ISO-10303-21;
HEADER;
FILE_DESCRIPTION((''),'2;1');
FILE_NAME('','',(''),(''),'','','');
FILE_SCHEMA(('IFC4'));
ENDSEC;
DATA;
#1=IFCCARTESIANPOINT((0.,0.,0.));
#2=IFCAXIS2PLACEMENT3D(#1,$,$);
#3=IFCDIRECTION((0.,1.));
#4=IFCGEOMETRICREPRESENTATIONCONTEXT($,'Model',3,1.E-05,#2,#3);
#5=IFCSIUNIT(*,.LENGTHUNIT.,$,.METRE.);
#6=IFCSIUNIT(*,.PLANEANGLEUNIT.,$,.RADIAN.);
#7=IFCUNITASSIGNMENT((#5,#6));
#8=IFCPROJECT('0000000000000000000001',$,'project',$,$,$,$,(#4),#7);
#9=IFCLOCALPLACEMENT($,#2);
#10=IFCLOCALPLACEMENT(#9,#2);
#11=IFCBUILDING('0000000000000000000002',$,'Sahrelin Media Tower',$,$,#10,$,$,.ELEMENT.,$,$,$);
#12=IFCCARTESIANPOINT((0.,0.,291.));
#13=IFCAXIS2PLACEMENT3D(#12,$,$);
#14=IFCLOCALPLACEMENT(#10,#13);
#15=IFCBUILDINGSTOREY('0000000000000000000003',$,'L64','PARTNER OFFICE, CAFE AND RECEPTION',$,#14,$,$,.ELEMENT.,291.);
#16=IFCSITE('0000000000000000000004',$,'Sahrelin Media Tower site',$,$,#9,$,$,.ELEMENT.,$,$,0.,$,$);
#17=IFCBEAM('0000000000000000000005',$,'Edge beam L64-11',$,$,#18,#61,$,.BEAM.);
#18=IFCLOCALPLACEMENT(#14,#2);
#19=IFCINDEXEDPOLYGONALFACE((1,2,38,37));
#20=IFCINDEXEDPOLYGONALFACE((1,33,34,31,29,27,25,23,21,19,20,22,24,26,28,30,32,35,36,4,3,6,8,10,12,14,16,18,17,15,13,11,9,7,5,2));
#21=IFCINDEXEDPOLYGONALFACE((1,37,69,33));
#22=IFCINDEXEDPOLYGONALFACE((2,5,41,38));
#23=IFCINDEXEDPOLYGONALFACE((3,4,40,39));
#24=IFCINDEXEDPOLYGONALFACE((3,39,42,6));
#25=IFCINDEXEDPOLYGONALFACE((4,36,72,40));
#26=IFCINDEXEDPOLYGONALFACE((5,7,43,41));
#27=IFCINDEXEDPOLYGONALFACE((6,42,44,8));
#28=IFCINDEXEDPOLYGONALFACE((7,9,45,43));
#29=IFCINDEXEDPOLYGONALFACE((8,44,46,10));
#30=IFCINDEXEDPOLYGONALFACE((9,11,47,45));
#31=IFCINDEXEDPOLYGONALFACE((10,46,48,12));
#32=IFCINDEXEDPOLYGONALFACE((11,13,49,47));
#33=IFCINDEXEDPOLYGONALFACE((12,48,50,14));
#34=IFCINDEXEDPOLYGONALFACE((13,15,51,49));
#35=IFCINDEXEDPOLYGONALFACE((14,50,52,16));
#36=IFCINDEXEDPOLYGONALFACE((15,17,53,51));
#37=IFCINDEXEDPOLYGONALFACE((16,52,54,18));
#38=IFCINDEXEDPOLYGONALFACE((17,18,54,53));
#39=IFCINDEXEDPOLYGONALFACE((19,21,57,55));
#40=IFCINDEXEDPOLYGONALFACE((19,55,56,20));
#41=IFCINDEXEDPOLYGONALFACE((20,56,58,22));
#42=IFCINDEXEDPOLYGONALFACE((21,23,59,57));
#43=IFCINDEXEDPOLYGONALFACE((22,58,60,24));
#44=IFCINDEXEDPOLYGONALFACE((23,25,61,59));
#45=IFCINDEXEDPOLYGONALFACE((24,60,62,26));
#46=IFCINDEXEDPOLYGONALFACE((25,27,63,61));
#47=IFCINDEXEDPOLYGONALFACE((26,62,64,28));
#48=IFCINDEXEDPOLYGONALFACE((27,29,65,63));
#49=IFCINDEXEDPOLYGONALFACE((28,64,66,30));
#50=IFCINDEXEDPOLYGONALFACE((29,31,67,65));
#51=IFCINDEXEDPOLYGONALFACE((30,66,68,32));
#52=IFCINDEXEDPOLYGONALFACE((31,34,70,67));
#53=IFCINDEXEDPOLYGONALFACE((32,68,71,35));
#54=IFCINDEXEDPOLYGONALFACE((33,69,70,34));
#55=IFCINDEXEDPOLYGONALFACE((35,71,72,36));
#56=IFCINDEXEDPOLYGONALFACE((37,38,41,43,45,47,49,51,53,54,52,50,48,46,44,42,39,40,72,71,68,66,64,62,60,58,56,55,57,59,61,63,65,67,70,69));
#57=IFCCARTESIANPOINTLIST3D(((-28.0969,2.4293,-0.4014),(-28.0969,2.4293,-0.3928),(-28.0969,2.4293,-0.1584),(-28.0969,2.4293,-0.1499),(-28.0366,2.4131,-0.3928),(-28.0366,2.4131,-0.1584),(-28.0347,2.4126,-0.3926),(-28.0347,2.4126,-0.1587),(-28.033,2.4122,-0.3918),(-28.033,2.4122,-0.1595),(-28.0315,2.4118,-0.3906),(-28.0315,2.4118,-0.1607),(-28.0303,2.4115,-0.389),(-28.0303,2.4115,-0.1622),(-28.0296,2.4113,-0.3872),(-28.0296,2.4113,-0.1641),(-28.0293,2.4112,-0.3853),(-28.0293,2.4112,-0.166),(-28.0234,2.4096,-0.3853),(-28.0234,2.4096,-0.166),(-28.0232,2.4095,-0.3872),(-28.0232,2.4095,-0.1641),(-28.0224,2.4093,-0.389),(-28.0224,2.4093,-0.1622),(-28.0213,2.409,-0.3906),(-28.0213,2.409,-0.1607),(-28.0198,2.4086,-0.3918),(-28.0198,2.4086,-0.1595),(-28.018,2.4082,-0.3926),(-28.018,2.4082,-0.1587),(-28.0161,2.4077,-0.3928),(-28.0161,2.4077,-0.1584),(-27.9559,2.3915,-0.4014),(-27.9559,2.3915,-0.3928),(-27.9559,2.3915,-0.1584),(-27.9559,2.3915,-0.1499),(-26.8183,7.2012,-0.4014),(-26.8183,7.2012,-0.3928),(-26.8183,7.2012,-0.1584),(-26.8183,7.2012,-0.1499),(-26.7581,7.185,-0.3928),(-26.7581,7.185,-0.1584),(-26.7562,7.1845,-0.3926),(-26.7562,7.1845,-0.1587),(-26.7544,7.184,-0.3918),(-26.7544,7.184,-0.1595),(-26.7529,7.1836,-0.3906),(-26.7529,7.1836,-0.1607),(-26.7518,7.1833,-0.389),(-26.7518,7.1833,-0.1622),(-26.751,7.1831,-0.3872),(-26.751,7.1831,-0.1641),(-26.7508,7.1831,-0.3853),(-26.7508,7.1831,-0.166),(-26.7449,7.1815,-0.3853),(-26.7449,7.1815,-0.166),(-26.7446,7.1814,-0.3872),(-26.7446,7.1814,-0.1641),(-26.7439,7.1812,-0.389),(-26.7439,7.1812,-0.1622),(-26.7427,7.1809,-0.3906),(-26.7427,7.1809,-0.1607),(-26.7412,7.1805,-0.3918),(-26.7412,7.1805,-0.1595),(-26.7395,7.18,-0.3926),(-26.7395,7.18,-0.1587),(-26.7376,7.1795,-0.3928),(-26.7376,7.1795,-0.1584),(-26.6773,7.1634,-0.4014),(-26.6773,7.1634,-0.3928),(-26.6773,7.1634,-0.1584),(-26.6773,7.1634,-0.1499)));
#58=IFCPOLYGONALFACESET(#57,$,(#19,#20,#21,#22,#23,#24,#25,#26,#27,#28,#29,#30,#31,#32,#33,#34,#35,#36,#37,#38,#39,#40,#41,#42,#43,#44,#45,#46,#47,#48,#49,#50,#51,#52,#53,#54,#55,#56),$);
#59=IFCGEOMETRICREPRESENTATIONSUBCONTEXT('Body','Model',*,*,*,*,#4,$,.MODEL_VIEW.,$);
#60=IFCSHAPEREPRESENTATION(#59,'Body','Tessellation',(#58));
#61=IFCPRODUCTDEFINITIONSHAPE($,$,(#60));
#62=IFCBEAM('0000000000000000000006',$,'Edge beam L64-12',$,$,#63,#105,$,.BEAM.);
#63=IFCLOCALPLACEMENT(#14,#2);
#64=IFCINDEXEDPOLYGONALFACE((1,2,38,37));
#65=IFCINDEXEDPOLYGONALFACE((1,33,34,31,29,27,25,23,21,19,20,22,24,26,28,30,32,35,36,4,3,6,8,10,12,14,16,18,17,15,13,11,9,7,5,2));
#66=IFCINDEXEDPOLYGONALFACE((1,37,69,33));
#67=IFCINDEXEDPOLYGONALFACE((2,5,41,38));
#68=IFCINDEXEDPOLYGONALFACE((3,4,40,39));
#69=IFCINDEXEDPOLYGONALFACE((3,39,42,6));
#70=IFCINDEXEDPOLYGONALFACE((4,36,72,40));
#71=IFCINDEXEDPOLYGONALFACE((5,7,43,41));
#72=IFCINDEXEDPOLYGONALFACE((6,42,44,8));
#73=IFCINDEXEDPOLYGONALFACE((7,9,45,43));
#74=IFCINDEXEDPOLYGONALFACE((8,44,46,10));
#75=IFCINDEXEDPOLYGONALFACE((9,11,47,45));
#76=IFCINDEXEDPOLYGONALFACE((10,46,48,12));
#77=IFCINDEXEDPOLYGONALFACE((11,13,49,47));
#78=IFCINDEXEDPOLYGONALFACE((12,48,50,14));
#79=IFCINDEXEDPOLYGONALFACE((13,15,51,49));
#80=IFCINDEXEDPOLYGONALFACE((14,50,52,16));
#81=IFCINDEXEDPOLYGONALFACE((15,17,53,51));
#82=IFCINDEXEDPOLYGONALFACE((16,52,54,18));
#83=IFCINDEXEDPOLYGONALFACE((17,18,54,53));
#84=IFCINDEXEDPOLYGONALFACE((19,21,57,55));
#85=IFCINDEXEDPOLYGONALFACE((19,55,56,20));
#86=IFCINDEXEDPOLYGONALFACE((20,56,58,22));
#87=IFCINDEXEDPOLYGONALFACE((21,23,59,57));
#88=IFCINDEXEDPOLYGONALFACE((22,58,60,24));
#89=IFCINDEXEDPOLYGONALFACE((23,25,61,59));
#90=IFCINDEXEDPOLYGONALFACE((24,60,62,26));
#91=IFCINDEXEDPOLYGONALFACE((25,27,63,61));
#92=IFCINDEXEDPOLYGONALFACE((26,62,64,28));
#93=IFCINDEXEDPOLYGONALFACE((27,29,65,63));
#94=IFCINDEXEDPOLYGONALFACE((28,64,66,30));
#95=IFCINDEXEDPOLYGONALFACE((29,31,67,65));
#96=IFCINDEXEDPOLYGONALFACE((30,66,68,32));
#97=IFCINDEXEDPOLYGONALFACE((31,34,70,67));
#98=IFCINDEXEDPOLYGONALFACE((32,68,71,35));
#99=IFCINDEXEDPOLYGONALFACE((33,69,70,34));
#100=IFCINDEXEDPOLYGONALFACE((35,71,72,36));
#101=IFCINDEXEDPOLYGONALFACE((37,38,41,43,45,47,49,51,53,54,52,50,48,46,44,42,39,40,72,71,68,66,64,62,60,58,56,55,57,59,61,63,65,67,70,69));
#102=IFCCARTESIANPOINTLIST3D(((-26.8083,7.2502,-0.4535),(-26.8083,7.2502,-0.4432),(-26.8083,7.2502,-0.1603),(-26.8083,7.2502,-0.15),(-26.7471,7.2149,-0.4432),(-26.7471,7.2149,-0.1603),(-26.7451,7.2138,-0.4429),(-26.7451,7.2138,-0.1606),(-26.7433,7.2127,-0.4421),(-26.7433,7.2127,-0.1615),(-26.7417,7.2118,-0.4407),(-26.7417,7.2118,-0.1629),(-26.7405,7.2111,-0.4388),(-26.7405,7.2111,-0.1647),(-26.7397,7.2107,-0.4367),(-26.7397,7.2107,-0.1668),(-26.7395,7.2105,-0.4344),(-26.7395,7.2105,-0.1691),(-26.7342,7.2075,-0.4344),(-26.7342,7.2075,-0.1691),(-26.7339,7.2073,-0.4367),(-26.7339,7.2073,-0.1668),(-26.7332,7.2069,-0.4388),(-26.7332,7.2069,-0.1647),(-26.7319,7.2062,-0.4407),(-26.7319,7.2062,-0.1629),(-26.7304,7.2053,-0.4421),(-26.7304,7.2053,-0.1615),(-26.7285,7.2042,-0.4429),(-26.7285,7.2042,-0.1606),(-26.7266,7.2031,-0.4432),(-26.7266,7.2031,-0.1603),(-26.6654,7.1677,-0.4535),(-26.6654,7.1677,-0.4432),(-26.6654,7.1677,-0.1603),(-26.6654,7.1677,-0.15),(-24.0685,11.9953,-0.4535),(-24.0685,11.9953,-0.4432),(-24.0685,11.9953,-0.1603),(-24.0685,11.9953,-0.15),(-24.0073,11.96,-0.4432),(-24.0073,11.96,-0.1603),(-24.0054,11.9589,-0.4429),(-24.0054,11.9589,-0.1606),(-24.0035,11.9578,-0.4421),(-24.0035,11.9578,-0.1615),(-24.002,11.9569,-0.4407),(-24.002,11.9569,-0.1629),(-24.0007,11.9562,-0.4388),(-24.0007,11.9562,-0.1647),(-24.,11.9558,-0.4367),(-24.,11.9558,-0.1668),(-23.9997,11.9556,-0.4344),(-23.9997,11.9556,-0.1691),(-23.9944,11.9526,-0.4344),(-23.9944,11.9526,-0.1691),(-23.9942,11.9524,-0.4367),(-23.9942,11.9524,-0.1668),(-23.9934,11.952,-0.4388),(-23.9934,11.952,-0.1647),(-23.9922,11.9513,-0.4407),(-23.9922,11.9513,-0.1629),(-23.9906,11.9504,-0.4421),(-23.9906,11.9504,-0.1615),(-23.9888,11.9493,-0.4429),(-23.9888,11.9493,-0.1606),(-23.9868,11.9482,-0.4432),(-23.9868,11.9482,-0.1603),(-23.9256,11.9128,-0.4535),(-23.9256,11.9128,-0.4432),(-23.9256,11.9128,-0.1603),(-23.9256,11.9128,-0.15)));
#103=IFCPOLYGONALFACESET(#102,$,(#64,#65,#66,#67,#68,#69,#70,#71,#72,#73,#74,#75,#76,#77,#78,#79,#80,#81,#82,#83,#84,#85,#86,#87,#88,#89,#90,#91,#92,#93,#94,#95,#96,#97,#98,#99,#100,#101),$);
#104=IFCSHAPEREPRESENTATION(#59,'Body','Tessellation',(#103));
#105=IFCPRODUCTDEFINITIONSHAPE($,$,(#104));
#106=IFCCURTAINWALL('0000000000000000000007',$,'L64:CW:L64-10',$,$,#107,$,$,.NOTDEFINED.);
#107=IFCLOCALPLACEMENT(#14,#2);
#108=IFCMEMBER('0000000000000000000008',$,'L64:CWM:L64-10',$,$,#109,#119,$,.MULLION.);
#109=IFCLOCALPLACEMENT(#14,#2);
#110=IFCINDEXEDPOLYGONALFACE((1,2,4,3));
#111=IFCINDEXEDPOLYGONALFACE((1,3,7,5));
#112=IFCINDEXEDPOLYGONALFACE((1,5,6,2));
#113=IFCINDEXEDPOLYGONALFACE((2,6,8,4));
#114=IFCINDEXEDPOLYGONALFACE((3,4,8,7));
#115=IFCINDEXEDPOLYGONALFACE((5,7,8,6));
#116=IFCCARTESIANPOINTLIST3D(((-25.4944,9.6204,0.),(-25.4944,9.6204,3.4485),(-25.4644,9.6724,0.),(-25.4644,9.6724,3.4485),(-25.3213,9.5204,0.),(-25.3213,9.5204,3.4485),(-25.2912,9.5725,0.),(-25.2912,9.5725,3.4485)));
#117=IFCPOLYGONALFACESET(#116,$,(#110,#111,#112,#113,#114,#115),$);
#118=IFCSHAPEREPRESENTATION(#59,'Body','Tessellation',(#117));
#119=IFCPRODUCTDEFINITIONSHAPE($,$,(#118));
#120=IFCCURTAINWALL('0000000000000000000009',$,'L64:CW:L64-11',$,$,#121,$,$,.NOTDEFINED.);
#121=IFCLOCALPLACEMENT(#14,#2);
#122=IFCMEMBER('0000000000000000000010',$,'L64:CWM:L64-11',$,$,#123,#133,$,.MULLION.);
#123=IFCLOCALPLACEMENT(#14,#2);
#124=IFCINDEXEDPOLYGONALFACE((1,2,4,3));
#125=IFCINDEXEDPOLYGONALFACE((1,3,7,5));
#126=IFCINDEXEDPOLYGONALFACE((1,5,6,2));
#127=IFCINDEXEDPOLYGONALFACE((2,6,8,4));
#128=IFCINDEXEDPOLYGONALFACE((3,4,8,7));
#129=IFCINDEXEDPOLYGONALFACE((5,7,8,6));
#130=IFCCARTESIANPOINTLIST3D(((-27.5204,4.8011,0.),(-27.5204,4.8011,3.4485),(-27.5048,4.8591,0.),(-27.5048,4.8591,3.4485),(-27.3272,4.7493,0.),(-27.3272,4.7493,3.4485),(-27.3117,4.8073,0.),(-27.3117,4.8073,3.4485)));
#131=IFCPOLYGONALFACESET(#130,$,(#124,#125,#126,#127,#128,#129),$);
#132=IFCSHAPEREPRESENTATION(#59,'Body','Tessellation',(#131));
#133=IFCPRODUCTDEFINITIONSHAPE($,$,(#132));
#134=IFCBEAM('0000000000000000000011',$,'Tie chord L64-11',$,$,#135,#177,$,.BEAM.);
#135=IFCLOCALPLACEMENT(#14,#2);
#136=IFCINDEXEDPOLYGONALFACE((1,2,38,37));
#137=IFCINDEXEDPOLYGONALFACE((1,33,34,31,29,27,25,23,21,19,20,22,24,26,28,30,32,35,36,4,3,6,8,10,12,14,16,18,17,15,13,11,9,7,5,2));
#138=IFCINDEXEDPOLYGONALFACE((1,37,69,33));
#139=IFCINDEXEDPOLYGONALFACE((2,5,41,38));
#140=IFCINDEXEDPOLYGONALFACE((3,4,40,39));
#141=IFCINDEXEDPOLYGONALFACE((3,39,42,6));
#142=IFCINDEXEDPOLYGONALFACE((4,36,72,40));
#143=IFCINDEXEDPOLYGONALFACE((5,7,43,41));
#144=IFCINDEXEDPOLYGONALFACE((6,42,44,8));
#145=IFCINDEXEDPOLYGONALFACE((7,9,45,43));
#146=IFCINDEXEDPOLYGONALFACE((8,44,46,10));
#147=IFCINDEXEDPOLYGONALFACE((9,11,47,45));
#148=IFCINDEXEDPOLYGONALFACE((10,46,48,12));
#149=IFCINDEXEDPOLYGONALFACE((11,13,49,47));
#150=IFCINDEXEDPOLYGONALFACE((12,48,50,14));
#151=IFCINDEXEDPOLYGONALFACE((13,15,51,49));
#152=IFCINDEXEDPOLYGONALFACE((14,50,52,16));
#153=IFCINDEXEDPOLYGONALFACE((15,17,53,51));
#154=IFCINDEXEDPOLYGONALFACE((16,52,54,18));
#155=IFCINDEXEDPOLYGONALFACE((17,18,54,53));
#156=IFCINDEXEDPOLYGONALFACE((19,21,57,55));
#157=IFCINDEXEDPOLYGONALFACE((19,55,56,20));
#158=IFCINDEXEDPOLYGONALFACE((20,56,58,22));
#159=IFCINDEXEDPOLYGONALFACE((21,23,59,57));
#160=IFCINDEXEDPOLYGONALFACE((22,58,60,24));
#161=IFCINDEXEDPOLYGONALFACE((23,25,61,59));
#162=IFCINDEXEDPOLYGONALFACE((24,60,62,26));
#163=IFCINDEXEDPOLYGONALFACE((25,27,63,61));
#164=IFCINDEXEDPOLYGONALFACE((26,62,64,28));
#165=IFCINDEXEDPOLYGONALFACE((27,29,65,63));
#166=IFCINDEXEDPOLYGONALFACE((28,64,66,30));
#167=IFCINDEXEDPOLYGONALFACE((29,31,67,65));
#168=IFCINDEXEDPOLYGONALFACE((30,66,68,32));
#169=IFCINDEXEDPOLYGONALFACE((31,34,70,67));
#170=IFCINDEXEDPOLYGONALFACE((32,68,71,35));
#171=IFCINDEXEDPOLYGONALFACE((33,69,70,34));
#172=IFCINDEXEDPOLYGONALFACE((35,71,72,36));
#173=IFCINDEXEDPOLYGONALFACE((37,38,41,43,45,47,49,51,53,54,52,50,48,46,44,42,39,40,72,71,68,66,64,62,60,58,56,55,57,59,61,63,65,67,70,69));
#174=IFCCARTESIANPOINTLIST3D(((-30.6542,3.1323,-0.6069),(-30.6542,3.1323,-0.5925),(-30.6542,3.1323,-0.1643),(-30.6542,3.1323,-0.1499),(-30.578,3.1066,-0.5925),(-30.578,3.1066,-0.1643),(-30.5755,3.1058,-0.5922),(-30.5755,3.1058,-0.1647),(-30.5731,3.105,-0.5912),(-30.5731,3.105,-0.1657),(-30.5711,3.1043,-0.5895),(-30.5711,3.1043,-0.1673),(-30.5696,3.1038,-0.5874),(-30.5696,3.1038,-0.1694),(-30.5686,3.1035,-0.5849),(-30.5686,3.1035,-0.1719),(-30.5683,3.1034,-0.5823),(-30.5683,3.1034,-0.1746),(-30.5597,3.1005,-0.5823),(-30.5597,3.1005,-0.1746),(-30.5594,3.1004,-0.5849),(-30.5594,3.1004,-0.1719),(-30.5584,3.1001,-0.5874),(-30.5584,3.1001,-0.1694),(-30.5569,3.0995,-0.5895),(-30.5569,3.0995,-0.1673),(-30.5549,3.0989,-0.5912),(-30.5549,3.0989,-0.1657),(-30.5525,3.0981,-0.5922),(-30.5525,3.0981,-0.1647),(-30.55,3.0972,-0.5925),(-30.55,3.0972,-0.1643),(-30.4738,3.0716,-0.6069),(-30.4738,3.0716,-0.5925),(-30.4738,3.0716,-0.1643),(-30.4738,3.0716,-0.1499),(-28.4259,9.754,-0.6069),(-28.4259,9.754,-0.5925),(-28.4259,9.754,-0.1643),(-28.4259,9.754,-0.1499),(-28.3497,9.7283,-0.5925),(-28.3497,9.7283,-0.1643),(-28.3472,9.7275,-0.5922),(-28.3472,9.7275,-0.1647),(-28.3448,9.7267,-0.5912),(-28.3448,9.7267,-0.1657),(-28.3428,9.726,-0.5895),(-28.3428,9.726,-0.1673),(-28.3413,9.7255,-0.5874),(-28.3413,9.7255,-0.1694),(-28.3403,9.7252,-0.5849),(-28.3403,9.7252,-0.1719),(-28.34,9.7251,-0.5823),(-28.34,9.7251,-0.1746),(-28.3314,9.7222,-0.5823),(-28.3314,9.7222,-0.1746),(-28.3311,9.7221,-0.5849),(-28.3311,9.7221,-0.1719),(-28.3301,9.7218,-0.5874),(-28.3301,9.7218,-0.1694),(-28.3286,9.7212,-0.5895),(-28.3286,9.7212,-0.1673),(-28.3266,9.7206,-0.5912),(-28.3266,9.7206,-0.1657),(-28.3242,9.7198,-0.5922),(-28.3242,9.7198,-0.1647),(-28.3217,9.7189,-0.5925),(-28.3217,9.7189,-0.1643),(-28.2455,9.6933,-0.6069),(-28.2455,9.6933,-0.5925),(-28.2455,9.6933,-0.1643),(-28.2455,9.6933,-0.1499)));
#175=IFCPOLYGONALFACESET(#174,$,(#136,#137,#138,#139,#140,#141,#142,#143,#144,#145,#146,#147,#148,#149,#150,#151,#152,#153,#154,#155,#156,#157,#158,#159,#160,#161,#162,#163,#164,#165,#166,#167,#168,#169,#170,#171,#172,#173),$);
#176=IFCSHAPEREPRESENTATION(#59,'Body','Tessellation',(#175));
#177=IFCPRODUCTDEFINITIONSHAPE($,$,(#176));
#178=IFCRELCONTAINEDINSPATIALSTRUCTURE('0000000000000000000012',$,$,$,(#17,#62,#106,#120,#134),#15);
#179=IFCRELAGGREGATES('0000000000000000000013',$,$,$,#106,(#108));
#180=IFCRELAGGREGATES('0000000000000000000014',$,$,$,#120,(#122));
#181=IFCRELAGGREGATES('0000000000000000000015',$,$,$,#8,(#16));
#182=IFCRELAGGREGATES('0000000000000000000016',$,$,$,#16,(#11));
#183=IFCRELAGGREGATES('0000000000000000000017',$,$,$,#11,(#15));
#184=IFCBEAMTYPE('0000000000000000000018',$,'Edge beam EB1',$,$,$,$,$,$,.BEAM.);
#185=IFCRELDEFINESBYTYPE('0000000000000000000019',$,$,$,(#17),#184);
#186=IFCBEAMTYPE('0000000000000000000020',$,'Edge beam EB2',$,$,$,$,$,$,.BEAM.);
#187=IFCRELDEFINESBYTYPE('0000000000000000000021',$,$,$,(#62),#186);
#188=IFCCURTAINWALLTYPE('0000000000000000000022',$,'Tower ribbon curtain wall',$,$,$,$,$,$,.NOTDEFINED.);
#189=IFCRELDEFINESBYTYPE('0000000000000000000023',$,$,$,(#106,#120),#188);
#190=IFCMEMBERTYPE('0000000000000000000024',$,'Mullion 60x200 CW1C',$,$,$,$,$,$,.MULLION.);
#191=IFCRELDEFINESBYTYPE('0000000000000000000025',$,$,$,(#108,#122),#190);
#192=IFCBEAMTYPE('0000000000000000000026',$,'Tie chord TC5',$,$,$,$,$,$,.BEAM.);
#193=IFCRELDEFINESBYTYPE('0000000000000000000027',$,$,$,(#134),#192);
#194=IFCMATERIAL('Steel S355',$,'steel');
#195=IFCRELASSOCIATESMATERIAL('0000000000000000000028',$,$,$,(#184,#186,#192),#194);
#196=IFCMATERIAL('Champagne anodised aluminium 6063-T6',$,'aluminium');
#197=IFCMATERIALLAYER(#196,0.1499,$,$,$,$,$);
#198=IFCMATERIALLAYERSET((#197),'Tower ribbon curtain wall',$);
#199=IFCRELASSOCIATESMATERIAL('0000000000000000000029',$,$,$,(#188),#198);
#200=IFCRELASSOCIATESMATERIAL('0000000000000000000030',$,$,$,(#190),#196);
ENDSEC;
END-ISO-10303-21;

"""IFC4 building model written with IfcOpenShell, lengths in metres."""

from ifc_helpers import new_model, si_unit, direction, frame, origin, origin_2d, place, context, subcontext, project, spatial, rectangle, i_section, extrude, material, layer, layer_set, material_profile, profile_set, type_object, element, aggregate, save


model = new_model("IFC4")

# Units and contexts
model_context = context("Model", 3, precision=1e-05, world=origin(), true_north=direction((0.0, 1.0)))
body_context = subcontext(model_context, "Body", "Model", "MODEL_VIEW")
ifc_project = project(units=[si_unit("LENGTHUNIT", "METRE"), si_unit("PLANEANGLEUNIT", "RADIAN")], contexts=[model_context])

# Site, building, storey
site_placement = place(None, origin())
site = spatial("IfcSite", under=ifc_project, at=site_placement, Name="Sahrelin Media Tower site", CompositionType="ELEMENT", RefElevation=0.0)
building_placement = place(site_placement, origin())
building = spatial("IfcBuilding", under=site, at=building_placement, Name="Sahrelin Media Tower", CompositionType="ELEMENT")
storey_placement = place(building_placement, frame((0.0, 0.0, 291.0)))
storey = spatial("IfcBuildingStorey", under=building, at=storey_placement, Name="L64", Description="PARTNER OFFICE, CAFE AND RECEPTION", CompositionType="ELEMENT", Elevation=291.0)

# Beams
ifc_material_1 = material(Name="Steel S355", Category="steel")
ifc_material_profile_1 = material_profile(ifc_material_1, i_section(OverallWidth=0.146, OverallDepth=0.2515, WebThickness=0.0061, FlangeThickness=0.0085, FilletRadius=0.0076, at=origin_2d()), Name="UB 254x146x31")
ifc_profile_set_1 = profile_set([ifc_material_profile_1], Name="Steel S355")
beam_type_1 = type_object("IfcBeamType", Name="Edge beam EB1", PredefinedType="BEAM", material=ifc_profile_set_1)
beam_1_placement = place(storey_placement, frame((-28.0264, 2.4104, -0.2756), z_axis=(0.258804, 0.96593, 0.0), x_axis=(-0.96593, 0.258804, 0.0)))
element("IfcBeam", 1, at=beam_1_placement, inside=storey, type_object=beam_type_1, Name="Edge beam L64-11", PredefinedType="BEAM", context=body_context, shape_type="SweptSolid", body=[
    extrude(i_section(OverallWidth=0.146, OverallDepth=0.2515, WebThickness=0.0061, FlangeThickness=0.0085, FilletRadius=0.0076, at=origin_2d()), origin(), (0.0, 0.0, 1.0), 4.9402),
])
ifc_material_profile_2 = material_profile(ifc_material_1, i_section(OverallWidth=0.165, OverallDepth=0.3035, WebThickness=0.0061, FlangeThickness=0.0103, FilletRadius=0.0088, at=origin_2d()), Name="UB 305x165x40")
ifc_profile_set_2 = profile_set([ifc_material_profile_2], Name="Steel S355")
beam_type_2 = type_object("IfcBeamType", Name="Edge beam EB2", PredefinedType="BEAM", material=ifc_profile_set_2)
beam_2_placement = place(storey_placement, frame((-26.7368, 7.209, -0.3018), z_axis=(0.500021, 0.866013, 0.0), x_axis=(-0.866013, 0.500021, 0.0)))
element("IfcBeam", 2, at=beam_2_placement, inside=storey, type_object=beam_type_2, Name="Edge beam L64-12", PredefinedType="BEAM", context=body_context, shape_type="SweptSolid", body=[
    extrude(i_section(OverallWidth=0.165, OverallDepth=0.3035, WebThickness=0.0061, FlangeThickness=0.0103, FilletRadius=0.0088, at=origin_2d()), origin(), (0.0, 0.0, 1.0), 5.4792),
])

# Curtain walls, members
ifc_material_2 = material(Name="Champagne anodised aluminium 6063-T6", Category="aluminium")
ifc_layer_1 = layer(ifc_material_2, 0.1499)
ifc_layer_set_1 = layer_set([ifc_layer_1], Name="Tower ribbon curtain wall")
curtain_wall_type = type_object("IfcCurtainWallType", Name="Tower ribbon curtain wall", PredefinedType="NOTDEFINED", material=ifc_layer_set_1)
curtain_wall_1_placement = place(storey_placement, frame((-25.4966, 9.6565, 0.0), z_axis=(0.0, 0.0, 1.0), x_axis=(1.0, 0.0, 0.0)))
curtain_wall_1 = element("IfcCurtainWall", 3, at=curtain_wall_1_placement, inside=storey, type_object=curtain_wall_type, Name="L64:CW:L64-10", PredefinedType="NOTDEFINED")
ifc_material_profile_3 = material_profile(ifc_material_2, rectangle(XDim=0.0601, YDim=0.2, at=origin_2d()), Name="Mullion 60x200")
ifc_profile_set_3 = profile_set([ifc_material_profile_3], Name="Champagne anodised aluminium 6063-T6")
member_type_1 = type_object("IfcMemberType", Name="Mullion 60x200 CW1C", PredefinedType="MULLION", material=ifc_profile_set_3)
member_1_placement = place(storey_placement, frame((-25.3928, 9.5964, 0.0), z_axis=(0.0, 0.0, 1.0), x_axis=(-0.500003, -0.866024, 0.0)))
member_1 = element("IfcMember", 4, at=member_1_placement, type_object=member_type_1, Name="L64:CWM:L64-10", PredefinedType="MULLION", context=body_context, shape_type="SweptSolid", body=[
    extrude(rectangle(XDim=0.0601, YDim=0.2, at=origin_2d()), origin(), (0.0, 0.0, 1.0), 3.4485),
])
curtain_wall_2_placement = place(storey_placement, frame((-27.532, 4.8352, 0.0), z_axis=(0.0, 0.0, 1.0), x_axis=(1.0, 0.0, 0.0)))
curtain_wall_2 = element("IfcCurtainWall", 5, at=curtain_wall_2_placement, inside=storey, type_object=curtain_wall_type, Name="L64:CW:L64-11", PredefinedType="NOTDEFINED")
member_2_placement = place(storey_placement, frame((-27.416, 4.8042, 0.0), z_axis=(0.0, 0.0, 1.0), x_axis=(-0.258826, -0.965924, 0.0)))
member_2 = element("IfcMember", 6, at=member_2_placement, type_object=member_type_1, Name="L64:CWM:L64-11", PredefinedType="MULLION", context=body_context, shape_type="SweptSolid", body=[
    extrude(rectangle(XDim=0.0601, YDim=0.2, at=origin_2d()), origin(), (0.0, 0.0, 1.0), 3.4485),
])

# Beam
ifc_material_profile_4 = material_profile(ifc_material_1, i_section(OverallWidth=0.1904, OverallDepth=0.457, WebThickness=0.009, FlangeThickness=0.0144, FilletRadius=0.0103, at=origin_2d()), Name="UB 457x191x74")
ifc_profile_set_4 = profile_set([ifc_material_profile_4], Name="Steel S355")
beam_type_3 = type_object("IfcBeamType", Name="Tie chord TC5", PredefinedType="BEAM", material=ifc_profile_set_4)
beam_3_placement = place(storey_placement, frame((-28.3357, 9.7236, -0.3784), z_axis=(-0.318942, -0.947774, 0.0), x_axis=(0.947774, -0.318942, 0.0)))
element("IfcBeam", 7, at=beam_3_placement, inside=storey, type_object=beam_type_3, Name="Tie chord L64-11", PredefinedType="BEAM", context=body_context, shape_type="SweptSolid", body=[
    extrude(i_section(OverallWidth=0.1904, OverallDepth=0.457, WebThickness=0.009, FlangeThickness=0.0144, FilletRadius=0.0103, at=origin_2d()), origin(), (0.0, 0.0, 1.0), 6.9866),
])

aggregate(curtain_wall_1, [member_1])

aggregate(curtain_wall_2, [member_2])

save(model, "model.ifc")
